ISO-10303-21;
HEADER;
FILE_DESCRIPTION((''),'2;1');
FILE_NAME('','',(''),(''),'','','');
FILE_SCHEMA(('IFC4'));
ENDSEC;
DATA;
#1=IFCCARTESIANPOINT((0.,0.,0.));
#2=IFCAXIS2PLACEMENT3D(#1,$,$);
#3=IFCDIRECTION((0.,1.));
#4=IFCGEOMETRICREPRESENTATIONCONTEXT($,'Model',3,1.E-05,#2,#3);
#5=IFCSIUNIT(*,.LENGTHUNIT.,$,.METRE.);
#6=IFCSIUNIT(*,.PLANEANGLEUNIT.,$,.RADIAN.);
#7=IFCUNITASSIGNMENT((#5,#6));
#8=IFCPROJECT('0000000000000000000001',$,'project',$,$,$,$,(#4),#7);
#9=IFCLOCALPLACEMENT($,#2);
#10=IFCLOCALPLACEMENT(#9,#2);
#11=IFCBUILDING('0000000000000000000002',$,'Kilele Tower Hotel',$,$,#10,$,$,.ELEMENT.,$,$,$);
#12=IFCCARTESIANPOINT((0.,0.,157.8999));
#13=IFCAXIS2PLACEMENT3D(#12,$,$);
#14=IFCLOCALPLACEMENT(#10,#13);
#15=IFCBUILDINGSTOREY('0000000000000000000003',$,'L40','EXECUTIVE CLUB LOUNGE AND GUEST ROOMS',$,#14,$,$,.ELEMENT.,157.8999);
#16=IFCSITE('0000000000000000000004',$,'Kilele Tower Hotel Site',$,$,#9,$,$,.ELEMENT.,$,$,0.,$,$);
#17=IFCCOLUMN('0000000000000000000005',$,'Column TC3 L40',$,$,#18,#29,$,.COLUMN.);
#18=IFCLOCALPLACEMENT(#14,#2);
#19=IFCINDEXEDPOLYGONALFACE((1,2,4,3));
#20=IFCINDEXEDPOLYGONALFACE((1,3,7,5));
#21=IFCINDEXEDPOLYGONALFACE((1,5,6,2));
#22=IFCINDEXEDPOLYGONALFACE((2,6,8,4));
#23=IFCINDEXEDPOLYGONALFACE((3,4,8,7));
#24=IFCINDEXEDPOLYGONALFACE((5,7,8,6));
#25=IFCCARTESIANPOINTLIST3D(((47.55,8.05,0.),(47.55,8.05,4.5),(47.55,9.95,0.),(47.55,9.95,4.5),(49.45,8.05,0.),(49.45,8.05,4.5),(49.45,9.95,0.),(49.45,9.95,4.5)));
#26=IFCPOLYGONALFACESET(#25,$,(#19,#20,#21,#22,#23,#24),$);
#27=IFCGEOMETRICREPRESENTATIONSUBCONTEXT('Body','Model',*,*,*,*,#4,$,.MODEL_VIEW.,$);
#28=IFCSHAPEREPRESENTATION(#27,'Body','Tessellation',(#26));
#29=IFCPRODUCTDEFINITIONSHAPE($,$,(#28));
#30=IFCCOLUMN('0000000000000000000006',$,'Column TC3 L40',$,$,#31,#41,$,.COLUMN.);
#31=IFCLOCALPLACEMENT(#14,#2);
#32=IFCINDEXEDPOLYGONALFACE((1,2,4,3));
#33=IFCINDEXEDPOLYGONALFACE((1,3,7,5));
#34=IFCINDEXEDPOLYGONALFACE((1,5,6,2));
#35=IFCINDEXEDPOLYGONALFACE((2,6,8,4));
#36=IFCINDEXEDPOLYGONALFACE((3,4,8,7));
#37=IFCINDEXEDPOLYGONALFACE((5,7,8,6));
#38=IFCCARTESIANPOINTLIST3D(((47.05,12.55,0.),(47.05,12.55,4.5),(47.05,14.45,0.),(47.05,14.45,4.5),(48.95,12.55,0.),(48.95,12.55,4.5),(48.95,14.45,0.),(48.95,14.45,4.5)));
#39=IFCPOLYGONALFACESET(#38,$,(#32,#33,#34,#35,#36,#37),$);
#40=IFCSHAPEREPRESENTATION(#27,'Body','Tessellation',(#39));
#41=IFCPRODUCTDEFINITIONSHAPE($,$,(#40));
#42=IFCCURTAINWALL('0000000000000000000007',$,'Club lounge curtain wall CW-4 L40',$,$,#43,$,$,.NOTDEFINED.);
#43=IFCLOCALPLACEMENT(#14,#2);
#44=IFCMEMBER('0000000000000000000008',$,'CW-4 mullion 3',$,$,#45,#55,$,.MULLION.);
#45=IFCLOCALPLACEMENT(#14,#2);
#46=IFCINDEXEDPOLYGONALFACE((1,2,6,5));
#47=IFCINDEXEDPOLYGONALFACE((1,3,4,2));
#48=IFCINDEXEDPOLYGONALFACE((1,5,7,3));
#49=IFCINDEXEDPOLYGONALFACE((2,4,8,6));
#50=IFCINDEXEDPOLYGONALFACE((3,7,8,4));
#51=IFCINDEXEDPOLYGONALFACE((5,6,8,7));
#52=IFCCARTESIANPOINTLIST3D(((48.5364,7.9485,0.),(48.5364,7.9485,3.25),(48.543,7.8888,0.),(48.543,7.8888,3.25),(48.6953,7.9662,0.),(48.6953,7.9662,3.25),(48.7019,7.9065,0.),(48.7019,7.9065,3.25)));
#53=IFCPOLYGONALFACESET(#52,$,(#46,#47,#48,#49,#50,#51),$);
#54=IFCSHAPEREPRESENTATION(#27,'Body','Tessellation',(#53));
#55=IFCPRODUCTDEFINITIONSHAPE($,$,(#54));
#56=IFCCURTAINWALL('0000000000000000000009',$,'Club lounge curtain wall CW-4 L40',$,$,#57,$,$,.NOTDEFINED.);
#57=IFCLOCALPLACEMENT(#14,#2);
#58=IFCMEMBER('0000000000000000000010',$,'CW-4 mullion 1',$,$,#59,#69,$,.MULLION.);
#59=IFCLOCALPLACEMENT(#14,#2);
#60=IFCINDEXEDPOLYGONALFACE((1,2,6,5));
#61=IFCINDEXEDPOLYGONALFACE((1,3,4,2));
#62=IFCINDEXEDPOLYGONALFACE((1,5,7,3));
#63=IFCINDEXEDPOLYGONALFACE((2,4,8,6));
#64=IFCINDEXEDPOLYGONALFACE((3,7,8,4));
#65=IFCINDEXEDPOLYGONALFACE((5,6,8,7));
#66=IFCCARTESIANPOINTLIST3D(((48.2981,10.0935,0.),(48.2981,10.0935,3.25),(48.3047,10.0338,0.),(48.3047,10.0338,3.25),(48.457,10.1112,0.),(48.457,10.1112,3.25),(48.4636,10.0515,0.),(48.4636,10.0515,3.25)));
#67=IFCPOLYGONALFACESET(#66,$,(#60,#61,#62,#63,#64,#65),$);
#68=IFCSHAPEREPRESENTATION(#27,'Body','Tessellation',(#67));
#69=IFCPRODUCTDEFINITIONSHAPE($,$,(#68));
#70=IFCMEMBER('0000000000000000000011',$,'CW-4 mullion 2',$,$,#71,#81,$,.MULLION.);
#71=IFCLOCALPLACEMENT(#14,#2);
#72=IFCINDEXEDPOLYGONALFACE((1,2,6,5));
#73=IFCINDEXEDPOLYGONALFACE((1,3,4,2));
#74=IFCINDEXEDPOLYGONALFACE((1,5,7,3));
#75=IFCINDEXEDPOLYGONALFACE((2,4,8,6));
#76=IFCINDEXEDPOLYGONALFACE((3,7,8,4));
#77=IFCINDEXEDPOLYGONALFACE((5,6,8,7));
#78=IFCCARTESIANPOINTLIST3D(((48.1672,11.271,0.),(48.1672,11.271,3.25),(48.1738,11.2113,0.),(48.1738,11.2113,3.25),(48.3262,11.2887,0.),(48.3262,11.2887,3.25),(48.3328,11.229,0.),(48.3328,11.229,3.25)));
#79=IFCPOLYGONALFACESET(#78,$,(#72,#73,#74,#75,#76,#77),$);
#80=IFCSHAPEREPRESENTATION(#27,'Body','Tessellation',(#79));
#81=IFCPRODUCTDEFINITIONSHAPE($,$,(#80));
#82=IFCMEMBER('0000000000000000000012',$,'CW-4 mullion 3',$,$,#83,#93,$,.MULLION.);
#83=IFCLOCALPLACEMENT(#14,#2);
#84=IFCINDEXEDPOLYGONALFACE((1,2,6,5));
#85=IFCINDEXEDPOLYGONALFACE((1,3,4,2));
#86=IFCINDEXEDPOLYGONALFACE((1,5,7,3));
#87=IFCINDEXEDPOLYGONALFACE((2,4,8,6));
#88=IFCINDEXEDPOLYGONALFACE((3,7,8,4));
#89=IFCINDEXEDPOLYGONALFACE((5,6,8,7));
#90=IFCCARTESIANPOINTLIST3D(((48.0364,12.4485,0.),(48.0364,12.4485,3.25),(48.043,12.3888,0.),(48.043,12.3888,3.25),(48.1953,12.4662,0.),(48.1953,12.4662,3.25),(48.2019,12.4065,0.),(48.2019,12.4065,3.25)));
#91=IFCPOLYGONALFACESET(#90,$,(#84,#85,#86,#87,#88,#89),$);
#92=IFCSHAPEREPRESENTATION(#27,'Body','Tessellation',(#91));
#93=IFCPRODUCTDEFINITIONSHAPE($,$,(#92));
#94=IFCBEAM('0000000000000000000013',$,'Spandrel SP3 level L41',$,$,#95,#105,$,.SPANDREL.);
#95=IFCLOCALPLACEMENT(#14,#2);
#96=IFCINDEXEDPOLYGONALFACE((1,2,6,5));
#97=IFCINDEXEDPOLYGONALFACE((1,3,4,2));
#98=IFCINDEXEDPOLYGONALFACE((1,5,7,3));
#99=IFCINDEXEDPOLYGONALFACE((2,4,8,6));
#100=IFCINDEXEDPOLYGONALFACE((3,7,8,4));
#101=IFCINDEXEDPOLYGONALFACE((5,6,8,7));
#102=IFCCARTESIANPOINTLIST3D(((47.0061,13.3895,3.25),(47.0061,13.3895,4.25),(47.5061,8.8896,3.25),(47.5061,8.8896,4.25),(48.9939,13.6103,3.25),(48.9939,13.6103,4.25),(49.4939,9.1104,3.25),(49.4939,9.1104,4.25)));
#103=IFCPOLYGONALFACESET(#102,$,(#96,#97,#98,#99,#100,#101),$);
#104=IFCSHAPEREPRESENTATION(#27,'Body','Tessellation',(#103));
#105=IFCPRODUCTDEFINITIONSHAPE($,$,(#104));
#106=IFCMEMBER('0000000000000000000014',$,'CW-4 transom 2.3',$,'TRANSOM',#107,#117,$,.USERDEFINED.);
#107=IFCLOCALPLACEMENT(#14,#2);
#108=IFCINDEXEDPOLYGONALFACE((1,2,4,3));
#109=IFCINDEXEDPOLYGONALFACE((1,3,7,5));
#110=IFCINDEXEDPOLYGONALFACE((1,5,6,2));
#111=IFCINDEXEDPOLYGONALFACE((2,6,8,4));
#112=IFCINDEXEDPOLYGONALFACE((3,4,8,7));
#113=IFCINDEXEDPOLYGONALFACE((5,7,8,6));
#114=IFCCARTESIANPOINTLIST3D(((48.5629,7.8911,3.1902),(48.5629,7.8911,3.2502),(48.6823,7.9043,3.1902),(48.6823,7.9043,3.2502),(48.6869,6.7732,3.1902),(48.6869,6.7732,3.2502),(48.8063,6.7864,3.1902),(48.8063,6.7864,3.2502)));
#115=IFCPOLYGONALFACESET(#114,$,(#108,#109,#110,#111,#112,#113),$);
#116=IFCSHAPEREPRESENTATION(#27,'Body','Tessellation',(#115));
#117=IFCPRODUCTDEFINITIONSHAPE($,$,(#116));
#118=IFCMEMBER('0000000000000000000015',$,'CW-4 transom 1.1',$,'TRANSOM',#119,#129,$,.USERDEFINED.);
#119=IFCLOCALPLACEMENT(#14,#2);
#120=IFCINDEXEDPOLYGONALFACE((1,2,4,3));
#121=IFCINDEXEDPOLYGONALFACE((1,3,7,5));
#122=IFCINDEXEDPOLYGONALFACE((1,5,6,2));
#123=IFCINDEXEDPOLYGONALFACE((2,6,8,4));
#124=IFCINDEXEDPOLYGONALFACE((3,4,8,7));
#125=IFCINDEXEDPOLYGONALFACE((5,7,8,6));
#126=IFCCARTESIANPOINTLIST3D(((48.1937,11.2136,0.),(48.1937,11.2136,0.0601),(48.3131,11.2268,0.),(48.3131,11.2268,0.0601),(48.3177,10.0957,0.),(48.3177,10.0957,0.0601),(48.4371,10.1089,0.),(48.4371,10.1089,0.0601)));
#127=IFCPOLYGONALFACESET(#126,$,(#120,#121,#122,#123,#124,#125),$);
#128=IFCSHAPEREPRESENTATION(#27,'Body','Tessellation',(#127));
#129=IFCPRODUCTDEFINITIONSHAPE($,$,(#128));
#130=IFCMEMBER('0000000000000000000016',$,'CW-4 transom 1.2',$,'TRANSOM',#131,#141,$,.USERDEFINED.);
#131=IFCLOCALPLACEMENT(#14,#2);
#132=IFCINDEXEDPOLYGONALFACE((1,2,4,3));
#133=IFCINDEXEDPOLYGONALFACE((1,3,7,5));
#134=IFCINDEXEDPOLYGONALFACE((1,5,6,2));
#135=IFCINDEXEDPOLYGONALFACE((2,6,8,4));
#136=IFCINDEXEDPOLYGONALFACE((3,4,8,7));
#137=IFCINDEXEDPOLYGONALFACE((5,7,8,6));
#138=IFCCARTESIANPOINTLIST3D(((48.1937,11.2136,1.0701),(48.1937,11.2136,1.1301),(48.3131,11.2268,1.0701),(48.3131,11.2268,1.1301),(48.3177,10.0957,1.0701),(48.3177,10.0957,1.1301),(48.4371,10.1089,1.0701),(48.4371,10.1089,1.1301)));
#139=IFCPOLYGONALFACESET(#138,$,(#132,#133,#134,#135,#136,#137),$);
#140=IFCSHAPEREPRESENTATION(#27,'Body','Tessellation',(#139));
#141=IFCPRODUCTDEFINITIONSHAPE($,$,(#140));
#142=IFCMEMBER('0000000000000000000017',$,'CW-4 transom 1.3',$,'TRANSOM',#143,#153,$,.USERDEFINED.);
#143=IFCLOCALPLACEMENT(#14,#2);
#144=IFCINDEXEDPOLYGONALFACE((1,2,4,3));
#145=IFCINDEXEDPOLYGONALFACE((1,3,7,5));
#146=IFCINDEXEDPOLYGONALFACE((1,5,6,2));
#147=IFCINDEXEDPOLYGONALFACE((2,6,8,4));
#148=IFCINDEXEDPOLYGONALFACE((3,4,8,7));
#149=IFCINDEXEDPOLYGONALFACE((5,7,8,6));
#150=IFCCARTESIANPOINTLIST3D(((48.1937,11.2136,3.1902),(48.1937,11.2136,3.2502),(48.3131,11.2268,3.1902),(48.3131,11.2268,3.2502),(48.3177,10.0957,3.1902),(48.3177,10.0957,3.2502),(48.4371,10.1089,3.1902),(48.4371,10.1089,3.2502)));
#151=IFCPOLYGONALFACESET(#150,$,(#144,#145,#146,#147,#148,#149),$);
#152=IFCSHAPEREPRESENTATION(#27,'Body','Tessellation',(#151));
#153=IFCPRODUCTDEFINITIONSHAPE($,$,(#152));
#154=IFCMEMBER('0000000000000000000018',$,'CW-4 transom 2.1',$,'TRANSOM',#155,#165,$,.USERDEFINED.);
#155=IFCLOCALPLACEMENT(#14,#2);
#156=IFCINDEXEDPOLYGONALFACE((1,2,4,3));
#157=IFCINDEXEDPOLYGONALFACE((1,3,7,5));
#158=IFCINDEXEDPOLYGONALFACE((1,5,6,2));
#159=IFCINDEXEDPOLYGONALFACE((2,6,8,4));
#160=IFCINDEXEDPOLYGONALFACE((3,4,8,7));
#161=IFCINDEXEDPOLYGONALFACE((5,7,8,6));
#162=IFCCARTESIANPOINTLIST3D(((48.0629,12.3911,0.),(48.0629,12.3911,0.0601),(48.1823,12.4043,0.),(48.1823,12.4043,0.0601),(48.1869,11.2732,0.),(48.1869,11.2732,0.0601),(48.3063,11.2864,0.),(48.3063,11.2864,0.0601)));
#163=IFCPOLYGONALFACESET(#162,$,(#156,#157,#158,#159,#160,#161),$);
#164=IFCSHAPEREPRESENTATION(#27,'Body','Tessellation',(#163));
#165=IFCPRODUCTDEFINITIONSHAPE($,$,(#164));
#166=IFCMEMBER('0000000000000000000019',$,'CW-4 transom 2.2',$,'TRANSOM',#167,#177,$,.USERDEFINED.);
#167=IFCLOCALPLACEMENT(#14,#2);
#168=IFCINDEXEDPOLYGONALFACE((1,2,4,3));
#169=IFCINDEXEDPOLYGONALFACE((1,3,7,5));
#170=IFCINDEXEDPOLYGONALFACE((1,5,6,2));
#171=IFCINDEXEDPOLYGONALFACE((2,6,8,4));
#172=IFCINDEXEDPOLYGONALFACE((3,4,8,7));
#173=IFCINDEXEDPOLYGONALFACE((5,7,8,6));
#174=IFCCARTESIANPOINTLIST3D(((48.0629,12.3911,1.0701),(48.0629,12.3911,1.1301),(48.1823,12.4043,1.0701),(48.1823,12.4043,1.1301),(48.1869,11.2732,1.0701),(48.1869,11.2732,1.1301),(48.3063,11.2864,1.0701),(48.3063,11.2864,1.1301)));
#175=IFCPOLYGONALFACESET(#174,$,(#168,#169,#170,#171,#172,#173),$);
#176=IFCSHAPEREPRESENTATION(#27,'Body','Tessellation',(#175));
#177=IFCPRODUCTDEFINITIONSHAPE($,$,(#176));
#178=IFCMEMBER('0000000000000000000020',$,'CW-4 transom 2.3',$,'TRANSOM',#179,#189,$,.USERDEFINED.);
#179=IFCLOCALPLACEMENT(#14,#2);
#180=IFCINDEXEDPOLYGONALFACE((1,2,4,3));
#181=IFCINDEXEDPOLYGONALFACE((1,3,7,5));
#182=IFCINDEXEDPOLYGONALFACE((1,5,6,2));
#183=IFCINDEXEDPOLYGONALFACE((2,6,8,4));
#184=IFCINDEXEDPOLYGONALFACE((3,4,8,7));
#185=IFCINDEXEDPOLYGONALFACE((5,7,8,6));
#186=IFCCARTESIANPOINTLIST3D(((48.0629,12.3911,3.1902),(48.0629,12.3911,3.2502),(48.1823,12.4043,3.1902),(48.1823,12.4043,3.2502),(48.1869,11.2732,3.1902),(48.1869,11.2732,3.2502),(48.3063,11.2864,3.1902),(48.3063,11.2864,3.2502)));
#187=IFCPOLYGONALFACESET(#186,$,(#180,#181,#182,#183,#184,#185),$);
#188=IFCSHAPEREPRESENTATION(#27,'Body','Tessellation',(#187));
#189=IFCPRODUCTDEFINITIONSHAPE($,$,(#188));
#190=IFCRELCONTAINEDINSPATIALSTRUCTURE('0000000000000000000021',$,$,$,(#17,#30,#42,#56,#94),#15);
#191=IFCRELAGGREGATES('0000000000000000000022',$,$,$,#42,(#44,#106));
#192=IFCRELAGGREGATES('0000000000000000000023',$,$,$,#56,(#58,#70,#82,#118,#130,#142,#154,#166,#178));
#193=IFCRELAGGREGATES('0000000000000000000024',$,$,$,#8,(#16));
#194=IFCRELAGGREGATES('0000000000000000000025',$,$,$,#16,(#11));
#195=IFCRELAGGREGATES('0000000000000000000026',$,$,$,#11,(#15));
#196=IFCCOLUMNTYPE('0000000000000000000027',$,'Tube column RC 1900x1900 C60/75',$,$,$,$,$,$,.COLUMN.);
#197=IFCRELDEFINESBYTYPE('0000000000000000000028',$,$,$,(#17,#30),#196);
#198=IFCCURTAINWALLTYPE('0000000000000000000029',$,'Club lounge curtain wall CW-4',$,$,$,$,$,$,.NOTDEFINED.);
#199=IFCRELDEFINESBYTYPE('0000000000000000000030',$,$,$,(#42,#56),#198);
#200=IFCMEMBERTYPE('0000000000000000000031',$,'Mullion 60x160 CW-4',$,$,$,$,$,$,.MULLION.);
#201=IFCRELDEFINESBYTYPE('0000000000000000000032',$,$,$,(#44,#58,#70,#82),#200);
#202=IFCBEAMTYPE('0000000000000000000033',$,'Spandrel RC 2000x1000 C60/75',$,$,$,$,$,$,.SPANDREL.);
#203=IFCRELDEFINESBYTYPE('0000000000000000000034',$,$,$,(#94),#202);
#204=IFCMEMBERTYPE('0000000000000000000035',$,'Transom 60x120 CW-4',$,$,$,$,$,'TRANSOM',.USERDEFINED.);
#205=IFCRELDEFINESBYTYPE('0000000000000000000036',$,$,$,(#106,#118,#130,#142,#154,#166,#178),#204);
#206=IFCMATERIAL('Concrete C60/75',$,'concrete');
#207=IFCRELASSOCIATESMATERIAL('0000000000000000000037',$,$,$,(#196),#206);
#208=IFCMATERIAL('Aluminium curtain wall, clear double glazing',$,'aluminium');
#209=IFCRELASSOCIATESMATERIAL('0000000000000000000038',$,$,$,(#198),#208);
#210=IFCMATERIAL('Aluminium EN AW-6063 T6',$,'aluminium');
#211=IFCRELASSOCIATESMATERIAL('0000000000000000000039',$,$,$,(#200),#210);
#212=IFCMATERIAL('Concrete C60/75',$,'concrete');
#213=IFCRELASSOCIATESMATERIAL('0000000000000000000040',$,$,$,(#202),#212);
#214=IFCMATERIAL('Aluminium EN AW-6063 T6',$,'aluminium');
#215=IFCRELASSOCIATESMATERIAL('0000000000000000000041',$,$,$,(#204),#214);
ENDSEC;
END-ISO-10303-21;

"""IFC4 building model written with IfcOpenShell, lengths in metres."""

from ifc_helpers import new_model, si_unit, direction, frame, origin, origin_2d, place, context, subcontext, project, spatial, rectangle, extrude, material, material_profile, profile_set, type_object, element, aggregate, save


model = new_model("IFC4")

# Units and contexts
model_context = context("Model", 3, precision=1e-05, world=origin(), true_north=direction((0.0, 1.0)))
body_context = subcontext(model_context, "Body", "Model", "MODEL_VIEW")
ifc_project = project(units=[si_unit("LENGTHUNIT", "METRE"), si_unit("PLANEANGLEUNIT", "RADIAN")], contexts=[model_context])

# Site, building, storey
site_placement = place(None, origin())
site = spatial("IfcSite", under=ifc_project, at=site_placement, Name="Kilele Tower Hotel Site", CompositionType="ELEMENT", RefElevation=0.0)
building_placement = place(site_placement, origin())
building = spatial("IfcBuilding", under=site, at=building_placement, Name="Kilele Tower Hotel", CompositionType="ELEMENT")
storey_placement = place(building_placement, frame((0.0, 0.0, 157.8999)))
storey = spatial("IfcBuildingStorey", under=building, at=storey_placement, Name="L40", Description="EXECUTIVE CLUB LOUNGE AND GUEST ROOMS", CompositionType="ELEMENT", Elevation=157.8999)

# Columns
ifc_material_1 = material(Name="Concrete C60/75", Category="concrete")
ifc_material_profile_1 = material_profile(ifc_material_1, rectangle(XDim=1.8999, YDim=1.8999, at=origin_2d()))
ifc_profile_set_1 = profile_set([ifc_material_profile_1], Name="Concrete C60/75")
column_type = type_object("IfcColumnType", Name="Tube column RC 1900x1900 C60/75", PredefinedType="COLUMN", material=ifc_profile_set_1)
for number, where, z_axis, x_axis, name in (
    (1, (48.5, 9.0, 0.0), (0.0, 0.0, 1.0), (1.0, 0.0, 0.0), "Column TC3 L40"),
    (2, (48.0, 13.5, 0.0), (0.0, 0.0, 1.0), (1.0, 0.0, 0.0), "Column TC3 L40"),
):
    element("IfcColumn", number, at=place(storey_placement, frame(where, z_axis=z_axis, x_axis=x_axis)), inside=storey, type_object=column_type, Name=name, PredefinedType="COLUMN", context=body_context, shape_type="SweptSolid", body=[
        extrude(rectangle(XDim=1.8999, YDim=1.8999, at=origin_2d()), origin(), (0.0, 0.0, 1.0), 4.5),
    ])

# Curtain wall, member
ifc_material_2 = material(Name="Aluminium curtain wall, clear double glazing", Category="aluminium")
curtain_wall_type = type_object("IfcCurtainWallType", Name="Club lounge curtain wall CW-4", PredefinedType="NOTDEFINED", material=ifc_material_2)
curtain_wall_1_placement = place(storey_placement, origin())
curtain_wall_1 = element("IfcCurtainWall", 3, at=curtain_wall_1_placement, inside=storey, type_object=curtain_wall_type, Name="Club lounge curtain wall CW-4 L40", PredefinedType="NOTDEFINED")
ifc_material_3 = material(Name="Aluminium EN AW-6063 T6", Category="aluminium")
ifc_material_profile_2 = material_profile(ifc_material_3, rectangle(XDim=0.1599, YDim=0.0601, at=origin_2d()))
ifc_profile_set_2 = profile_set([ifc_material_profile_2], Name="Aluminium EN AW-6063 T6")
member_type_1 = type_object("IfcMemberType", Name="Mullion 60x160 CW-4", PredefinedType="MULLION", material=ifc_profile_set_2)
member_1_placement = place(storey_placement, frame((48.6191, 7.9275, 0.0), z_axis=(0.0, 0.0, 1.0), x_axis=(-0.993884, -0.110432, 0.0)))
member_1 = element("IfcMember", 4, at=member_1_placement, type_object=member_type_1, Name="CW-4 mullion 3", PredefinedType="MULLION", context=body_context, shape_type="SweptSolid", body=[
    extrude(rectangle(XDim=0.1599, YDim=0.0601, at=origin_2d()), origin(), (0.0, 0.0, 1.0), 3.25),
])

# Curtain wall, members
curtain_wall_2_placement = place(storey_placement, origin())
curtain_wall_2 = element("IfcCurtainWall", 5, at=curtain_wall_2_placement, inside=storey, type_object=curtain_wall_type, Name="Club lounge curtain wall CW-4 L40", PredefinedType="NOTDEFINED")
member_2_placement = place(storey_placement, frame((48.3809, 10.0725, 0.0), z_axis=(0.0, 0.0, 1.0), x_axis=(-0.993884, -0.110432, 0.0)))
member_2 = element("IfcMember", 6, at=member_2_placement, type_object=member_type_1, Name="CW-4 mullion 1", PredefinedType="MULLION", context=body_context, shape_type="SweptSolid", body=[
    extrude(rectangle(XDim=0.1599, YDim=0.0601, at=origin_2d()), origin(), (0.0, 0.0, 1.0), 3.25),
])
member_3_placement = place(storey_placement, frame((48.25, 11.25, 0.0), z_axis=(0.0, 0.0, 1.0), x_axis=(-0.993884, -0.110432, 0.0)))
member_3 = element("IfcMember", 7, at=member_3_placement, type_object=member_type_1, Name="CW-4 mullion 2", PredefinedType="MULLION", context=body_context, shape_type="SweptSolid", body=[
    extrude(rectangle(XDim=0.1599, YDim=0.0601, at=origin_2d()), origin(), (0.0, 0.0, 1.0), 3.25),
])
member_4_placement = place(storey_placement, frame((48.1191, 12.4275, 0.0), z_axis=(0.0, 0.0, 1.0), x_axis=(-0.993884, -0.110432, 0.0)))
member_4 = element("IfcMember", 8, at=member_4_placement, type_object=member_type_1, Name="CW-4 mullion 3", PredefinedType="MULLION", context=body_context, shape_type="SweptSolid", body=[
    extrude(rectangle(XDim=0.1599, YDim=0.0601, at=origin_2d()), origin(), (0.0, 0.0, 1.0), 3.25),
])

# Beam
ifc_material_4 = material(Name="Concrete C60/75", Category="concrete")
ifc_material_profile_3 = material_profile(ifc_material_4, rectangle(XDim=2.0, YDim=1.0, at=origin_2d()))
ifc_profile_set_3 = profile_set([ifc_material_profile_3], Name="Concrete C60/75")
beam_type = type_object("IfcBeamType", Name="Spandrel RC 2000x1000 C60/75", PredefinedType="SPANDREL", material=ifc_profile_set_3)
beam_placement = place(storey_placement, frame((48.5, 9.0, 3.75), z_axis=(-0.110432, 0.993884, 0.0), x_axis=(-0.993884, -0.110432, 0.0)))
element("IfcBeam", 9, at=beam_placement, inside=storey, type_object=beam_type, Name="Spandrel SP3 level L41", PredefinedType="SPANDREL", context=body_context, shape_type="SweptSolid", body=[
    extrude(rectangle(XDim=2.0, YDim=1.0, at=origin_2d()), origin(), (0.0, 0.0, 1.0), 4.5276),
])

# Members
ifc_material_5 = material(Name="Aluminium EN AW-6063 T6", Category="aluminium")
ifc_material_profile_4 = material_profile(ifc_material_5, rectangle(XDim=0.1201, YDim=0.0601, at=origin_2d()))
ifc_profile_set_4 = profile_set([ifc_material_profile_4], Name="Aluminium EN AW-6063 T6")
member_type_2 = type_object("IfcMemberType", Name="Transom 60x120 CW-4", ElementType="TRANSOM", PredefinedType="USERDEFINED", material=ifc_profile_set_4)
member_5_placement = place(storey_placement, frame((48.7466, 6.7798, 3.2202), z_axis=(-0.110265, 0.993902, 0.0), x_axis=(-0.993902, -0.110265, 0.0)))
member_5 = element("IfcMember", 10, at=member_5_placement, type_object=member_type_2, Name="CW-4 transom 2.3", ObjectType="TRANSOM", PredefinedType="USERDEFINED", context=body_context, shape_type="SweptSolid", body=[
    extrude(rectangle(XDim=0.1201, YDim=0.0601, at=origin_2d()), origin(), (0.0, 0.0, 1.0), 1.1248),
])
member_6_placement = place(storey_placement, frame((48.3774, 10.1023, 0.03), z_axis=(-0.110265, 0.993902, 0.0), x_axis=(-0.993902, -0.110265, 0.0)))
member_6 = element("IfcMember", 11, at=member_6_placement, type_object=member_type_2, Name="CW-4 transom 1.1", ObjectType="TRANSOM", PredefinedType="USERDEFINED", context=body_context, shape_type="SweptSolid", body=[
    extrude(rectangle(XDim=0.1201, YDim=0.0601, at=origin_2d()), origin(), (0.0, 0.0, 1.0), 1.1248),
])
member_7_placement = place(storey_placement, frame((48.3774, 10.1023, 1.1001), z_axis=(-0.110265, 0.993902, 0.0), x_axis=(-0.993902, -0.110265, 0.0)))
member_7 = element("IfcMember", 12, at=member_7_placement, type_object=member_type_2, Name="CW-4 transom 1.2", ObjectType="TRANSOM", PredefinedType="USERDEFINED", context=body_context, shape_type="SweptSolid", body=[
    extrude(rectangle(XDim=0.1201, YDim=0.0601, at=origin_2d()), origin(), (0.0, 0.0, 1.0), 1.1248),
])
member_8_placement = place(storey_placement, frame((48.3774, 10.1023, 3.2202), z_axis=(-0.110265, 0.993902, 0.0), x_axis=(-0.993902, -0.110265, 0.0)))
member_8 = element("IfcMember", 13, at=member_8_placement, type_object=member_type_2, Name="CW-4 transom 1.3", ObjectType="TRANSOM", PredefinedType="USERDEFINED", context=body_context, shape_type="SweptSolid", body=[
    extrude(rectangle(XDim=0.1201, YDim=0.0601, at=origin_2d()), origin(), (0.0, 0.0, 1.0), 1.1248),
])
member_9_placement = place(storey_placement, frame((48.2466, 11.2798, 0.03), z_axis=(-0.110265, 0.993902, 0.0), x_axis=(-0.993902, -0.110265, 0.0)))
member_9 = element("IfcMember", 14, at=member_9_placement, type_object=member_type_2, Name="CW-4 transom 2.1", ObjectType="TRANSOM", PredefinedType="USERDEFINED", context=body_context, shape_type="SweptSolid", body=[
    extrude(rectangle(XDim=0.1201, YDim=0.0601, at=origin_2d()), origin(), (0.0, 0.0, 1.0), 1.1248),
])
member_10_placement = place(storey_placement, frame((48.2466, 11.2798, 1.1001), z_axis=(-0.110265, 0.993902, 0.0), x_axis=(-0.993902, -0.110265, 0.0)))
member_10 = element("IfcMember", 15, at=member_10_placement, type_object=member_type_2, Name="CW-4 transom 2.2", ObjectType="TRANSOM", PredefinedType="USERDEFINED", context=body_context, shape_type="SweptSolid", body=[
    extrude(rectangle(XDim=0.1201, YDim=0.0601, at=origin_2d()), origin(), (0.0, 0.0, 1.0), 1.1248),
])
member_11_placement = place(storey_placement, frame((48.2466, 11.2798, 3.2202), z_axis=(-0.110265, 0.993902, 0.0), x_axis=(-0.993902, -0.110265, 0.0)))
member_11 = element("IfcMember", 16, at=member_11_placement, type_object=member_type_2, Name="CW-4 transom 2.3", ObjectType="TRANSOM", PredefinedType="USERDEFINED", context=body_context, shape_type="SweptSolid", body=[
    extrude(rectangle(XDim=0.1201, YDim=0.0601, at=origin_2d()), origin(), (0.0, 0.0, 1.0), 1.1248),
])

aggregate(curtain_wall_1, [member_1, member_5])
aggregate(curtain_wall_2, [member_2, member_3, member_4, member_6, member_7, member_8, member_9, member_10, member_11])

save(model, "model.ifc")
